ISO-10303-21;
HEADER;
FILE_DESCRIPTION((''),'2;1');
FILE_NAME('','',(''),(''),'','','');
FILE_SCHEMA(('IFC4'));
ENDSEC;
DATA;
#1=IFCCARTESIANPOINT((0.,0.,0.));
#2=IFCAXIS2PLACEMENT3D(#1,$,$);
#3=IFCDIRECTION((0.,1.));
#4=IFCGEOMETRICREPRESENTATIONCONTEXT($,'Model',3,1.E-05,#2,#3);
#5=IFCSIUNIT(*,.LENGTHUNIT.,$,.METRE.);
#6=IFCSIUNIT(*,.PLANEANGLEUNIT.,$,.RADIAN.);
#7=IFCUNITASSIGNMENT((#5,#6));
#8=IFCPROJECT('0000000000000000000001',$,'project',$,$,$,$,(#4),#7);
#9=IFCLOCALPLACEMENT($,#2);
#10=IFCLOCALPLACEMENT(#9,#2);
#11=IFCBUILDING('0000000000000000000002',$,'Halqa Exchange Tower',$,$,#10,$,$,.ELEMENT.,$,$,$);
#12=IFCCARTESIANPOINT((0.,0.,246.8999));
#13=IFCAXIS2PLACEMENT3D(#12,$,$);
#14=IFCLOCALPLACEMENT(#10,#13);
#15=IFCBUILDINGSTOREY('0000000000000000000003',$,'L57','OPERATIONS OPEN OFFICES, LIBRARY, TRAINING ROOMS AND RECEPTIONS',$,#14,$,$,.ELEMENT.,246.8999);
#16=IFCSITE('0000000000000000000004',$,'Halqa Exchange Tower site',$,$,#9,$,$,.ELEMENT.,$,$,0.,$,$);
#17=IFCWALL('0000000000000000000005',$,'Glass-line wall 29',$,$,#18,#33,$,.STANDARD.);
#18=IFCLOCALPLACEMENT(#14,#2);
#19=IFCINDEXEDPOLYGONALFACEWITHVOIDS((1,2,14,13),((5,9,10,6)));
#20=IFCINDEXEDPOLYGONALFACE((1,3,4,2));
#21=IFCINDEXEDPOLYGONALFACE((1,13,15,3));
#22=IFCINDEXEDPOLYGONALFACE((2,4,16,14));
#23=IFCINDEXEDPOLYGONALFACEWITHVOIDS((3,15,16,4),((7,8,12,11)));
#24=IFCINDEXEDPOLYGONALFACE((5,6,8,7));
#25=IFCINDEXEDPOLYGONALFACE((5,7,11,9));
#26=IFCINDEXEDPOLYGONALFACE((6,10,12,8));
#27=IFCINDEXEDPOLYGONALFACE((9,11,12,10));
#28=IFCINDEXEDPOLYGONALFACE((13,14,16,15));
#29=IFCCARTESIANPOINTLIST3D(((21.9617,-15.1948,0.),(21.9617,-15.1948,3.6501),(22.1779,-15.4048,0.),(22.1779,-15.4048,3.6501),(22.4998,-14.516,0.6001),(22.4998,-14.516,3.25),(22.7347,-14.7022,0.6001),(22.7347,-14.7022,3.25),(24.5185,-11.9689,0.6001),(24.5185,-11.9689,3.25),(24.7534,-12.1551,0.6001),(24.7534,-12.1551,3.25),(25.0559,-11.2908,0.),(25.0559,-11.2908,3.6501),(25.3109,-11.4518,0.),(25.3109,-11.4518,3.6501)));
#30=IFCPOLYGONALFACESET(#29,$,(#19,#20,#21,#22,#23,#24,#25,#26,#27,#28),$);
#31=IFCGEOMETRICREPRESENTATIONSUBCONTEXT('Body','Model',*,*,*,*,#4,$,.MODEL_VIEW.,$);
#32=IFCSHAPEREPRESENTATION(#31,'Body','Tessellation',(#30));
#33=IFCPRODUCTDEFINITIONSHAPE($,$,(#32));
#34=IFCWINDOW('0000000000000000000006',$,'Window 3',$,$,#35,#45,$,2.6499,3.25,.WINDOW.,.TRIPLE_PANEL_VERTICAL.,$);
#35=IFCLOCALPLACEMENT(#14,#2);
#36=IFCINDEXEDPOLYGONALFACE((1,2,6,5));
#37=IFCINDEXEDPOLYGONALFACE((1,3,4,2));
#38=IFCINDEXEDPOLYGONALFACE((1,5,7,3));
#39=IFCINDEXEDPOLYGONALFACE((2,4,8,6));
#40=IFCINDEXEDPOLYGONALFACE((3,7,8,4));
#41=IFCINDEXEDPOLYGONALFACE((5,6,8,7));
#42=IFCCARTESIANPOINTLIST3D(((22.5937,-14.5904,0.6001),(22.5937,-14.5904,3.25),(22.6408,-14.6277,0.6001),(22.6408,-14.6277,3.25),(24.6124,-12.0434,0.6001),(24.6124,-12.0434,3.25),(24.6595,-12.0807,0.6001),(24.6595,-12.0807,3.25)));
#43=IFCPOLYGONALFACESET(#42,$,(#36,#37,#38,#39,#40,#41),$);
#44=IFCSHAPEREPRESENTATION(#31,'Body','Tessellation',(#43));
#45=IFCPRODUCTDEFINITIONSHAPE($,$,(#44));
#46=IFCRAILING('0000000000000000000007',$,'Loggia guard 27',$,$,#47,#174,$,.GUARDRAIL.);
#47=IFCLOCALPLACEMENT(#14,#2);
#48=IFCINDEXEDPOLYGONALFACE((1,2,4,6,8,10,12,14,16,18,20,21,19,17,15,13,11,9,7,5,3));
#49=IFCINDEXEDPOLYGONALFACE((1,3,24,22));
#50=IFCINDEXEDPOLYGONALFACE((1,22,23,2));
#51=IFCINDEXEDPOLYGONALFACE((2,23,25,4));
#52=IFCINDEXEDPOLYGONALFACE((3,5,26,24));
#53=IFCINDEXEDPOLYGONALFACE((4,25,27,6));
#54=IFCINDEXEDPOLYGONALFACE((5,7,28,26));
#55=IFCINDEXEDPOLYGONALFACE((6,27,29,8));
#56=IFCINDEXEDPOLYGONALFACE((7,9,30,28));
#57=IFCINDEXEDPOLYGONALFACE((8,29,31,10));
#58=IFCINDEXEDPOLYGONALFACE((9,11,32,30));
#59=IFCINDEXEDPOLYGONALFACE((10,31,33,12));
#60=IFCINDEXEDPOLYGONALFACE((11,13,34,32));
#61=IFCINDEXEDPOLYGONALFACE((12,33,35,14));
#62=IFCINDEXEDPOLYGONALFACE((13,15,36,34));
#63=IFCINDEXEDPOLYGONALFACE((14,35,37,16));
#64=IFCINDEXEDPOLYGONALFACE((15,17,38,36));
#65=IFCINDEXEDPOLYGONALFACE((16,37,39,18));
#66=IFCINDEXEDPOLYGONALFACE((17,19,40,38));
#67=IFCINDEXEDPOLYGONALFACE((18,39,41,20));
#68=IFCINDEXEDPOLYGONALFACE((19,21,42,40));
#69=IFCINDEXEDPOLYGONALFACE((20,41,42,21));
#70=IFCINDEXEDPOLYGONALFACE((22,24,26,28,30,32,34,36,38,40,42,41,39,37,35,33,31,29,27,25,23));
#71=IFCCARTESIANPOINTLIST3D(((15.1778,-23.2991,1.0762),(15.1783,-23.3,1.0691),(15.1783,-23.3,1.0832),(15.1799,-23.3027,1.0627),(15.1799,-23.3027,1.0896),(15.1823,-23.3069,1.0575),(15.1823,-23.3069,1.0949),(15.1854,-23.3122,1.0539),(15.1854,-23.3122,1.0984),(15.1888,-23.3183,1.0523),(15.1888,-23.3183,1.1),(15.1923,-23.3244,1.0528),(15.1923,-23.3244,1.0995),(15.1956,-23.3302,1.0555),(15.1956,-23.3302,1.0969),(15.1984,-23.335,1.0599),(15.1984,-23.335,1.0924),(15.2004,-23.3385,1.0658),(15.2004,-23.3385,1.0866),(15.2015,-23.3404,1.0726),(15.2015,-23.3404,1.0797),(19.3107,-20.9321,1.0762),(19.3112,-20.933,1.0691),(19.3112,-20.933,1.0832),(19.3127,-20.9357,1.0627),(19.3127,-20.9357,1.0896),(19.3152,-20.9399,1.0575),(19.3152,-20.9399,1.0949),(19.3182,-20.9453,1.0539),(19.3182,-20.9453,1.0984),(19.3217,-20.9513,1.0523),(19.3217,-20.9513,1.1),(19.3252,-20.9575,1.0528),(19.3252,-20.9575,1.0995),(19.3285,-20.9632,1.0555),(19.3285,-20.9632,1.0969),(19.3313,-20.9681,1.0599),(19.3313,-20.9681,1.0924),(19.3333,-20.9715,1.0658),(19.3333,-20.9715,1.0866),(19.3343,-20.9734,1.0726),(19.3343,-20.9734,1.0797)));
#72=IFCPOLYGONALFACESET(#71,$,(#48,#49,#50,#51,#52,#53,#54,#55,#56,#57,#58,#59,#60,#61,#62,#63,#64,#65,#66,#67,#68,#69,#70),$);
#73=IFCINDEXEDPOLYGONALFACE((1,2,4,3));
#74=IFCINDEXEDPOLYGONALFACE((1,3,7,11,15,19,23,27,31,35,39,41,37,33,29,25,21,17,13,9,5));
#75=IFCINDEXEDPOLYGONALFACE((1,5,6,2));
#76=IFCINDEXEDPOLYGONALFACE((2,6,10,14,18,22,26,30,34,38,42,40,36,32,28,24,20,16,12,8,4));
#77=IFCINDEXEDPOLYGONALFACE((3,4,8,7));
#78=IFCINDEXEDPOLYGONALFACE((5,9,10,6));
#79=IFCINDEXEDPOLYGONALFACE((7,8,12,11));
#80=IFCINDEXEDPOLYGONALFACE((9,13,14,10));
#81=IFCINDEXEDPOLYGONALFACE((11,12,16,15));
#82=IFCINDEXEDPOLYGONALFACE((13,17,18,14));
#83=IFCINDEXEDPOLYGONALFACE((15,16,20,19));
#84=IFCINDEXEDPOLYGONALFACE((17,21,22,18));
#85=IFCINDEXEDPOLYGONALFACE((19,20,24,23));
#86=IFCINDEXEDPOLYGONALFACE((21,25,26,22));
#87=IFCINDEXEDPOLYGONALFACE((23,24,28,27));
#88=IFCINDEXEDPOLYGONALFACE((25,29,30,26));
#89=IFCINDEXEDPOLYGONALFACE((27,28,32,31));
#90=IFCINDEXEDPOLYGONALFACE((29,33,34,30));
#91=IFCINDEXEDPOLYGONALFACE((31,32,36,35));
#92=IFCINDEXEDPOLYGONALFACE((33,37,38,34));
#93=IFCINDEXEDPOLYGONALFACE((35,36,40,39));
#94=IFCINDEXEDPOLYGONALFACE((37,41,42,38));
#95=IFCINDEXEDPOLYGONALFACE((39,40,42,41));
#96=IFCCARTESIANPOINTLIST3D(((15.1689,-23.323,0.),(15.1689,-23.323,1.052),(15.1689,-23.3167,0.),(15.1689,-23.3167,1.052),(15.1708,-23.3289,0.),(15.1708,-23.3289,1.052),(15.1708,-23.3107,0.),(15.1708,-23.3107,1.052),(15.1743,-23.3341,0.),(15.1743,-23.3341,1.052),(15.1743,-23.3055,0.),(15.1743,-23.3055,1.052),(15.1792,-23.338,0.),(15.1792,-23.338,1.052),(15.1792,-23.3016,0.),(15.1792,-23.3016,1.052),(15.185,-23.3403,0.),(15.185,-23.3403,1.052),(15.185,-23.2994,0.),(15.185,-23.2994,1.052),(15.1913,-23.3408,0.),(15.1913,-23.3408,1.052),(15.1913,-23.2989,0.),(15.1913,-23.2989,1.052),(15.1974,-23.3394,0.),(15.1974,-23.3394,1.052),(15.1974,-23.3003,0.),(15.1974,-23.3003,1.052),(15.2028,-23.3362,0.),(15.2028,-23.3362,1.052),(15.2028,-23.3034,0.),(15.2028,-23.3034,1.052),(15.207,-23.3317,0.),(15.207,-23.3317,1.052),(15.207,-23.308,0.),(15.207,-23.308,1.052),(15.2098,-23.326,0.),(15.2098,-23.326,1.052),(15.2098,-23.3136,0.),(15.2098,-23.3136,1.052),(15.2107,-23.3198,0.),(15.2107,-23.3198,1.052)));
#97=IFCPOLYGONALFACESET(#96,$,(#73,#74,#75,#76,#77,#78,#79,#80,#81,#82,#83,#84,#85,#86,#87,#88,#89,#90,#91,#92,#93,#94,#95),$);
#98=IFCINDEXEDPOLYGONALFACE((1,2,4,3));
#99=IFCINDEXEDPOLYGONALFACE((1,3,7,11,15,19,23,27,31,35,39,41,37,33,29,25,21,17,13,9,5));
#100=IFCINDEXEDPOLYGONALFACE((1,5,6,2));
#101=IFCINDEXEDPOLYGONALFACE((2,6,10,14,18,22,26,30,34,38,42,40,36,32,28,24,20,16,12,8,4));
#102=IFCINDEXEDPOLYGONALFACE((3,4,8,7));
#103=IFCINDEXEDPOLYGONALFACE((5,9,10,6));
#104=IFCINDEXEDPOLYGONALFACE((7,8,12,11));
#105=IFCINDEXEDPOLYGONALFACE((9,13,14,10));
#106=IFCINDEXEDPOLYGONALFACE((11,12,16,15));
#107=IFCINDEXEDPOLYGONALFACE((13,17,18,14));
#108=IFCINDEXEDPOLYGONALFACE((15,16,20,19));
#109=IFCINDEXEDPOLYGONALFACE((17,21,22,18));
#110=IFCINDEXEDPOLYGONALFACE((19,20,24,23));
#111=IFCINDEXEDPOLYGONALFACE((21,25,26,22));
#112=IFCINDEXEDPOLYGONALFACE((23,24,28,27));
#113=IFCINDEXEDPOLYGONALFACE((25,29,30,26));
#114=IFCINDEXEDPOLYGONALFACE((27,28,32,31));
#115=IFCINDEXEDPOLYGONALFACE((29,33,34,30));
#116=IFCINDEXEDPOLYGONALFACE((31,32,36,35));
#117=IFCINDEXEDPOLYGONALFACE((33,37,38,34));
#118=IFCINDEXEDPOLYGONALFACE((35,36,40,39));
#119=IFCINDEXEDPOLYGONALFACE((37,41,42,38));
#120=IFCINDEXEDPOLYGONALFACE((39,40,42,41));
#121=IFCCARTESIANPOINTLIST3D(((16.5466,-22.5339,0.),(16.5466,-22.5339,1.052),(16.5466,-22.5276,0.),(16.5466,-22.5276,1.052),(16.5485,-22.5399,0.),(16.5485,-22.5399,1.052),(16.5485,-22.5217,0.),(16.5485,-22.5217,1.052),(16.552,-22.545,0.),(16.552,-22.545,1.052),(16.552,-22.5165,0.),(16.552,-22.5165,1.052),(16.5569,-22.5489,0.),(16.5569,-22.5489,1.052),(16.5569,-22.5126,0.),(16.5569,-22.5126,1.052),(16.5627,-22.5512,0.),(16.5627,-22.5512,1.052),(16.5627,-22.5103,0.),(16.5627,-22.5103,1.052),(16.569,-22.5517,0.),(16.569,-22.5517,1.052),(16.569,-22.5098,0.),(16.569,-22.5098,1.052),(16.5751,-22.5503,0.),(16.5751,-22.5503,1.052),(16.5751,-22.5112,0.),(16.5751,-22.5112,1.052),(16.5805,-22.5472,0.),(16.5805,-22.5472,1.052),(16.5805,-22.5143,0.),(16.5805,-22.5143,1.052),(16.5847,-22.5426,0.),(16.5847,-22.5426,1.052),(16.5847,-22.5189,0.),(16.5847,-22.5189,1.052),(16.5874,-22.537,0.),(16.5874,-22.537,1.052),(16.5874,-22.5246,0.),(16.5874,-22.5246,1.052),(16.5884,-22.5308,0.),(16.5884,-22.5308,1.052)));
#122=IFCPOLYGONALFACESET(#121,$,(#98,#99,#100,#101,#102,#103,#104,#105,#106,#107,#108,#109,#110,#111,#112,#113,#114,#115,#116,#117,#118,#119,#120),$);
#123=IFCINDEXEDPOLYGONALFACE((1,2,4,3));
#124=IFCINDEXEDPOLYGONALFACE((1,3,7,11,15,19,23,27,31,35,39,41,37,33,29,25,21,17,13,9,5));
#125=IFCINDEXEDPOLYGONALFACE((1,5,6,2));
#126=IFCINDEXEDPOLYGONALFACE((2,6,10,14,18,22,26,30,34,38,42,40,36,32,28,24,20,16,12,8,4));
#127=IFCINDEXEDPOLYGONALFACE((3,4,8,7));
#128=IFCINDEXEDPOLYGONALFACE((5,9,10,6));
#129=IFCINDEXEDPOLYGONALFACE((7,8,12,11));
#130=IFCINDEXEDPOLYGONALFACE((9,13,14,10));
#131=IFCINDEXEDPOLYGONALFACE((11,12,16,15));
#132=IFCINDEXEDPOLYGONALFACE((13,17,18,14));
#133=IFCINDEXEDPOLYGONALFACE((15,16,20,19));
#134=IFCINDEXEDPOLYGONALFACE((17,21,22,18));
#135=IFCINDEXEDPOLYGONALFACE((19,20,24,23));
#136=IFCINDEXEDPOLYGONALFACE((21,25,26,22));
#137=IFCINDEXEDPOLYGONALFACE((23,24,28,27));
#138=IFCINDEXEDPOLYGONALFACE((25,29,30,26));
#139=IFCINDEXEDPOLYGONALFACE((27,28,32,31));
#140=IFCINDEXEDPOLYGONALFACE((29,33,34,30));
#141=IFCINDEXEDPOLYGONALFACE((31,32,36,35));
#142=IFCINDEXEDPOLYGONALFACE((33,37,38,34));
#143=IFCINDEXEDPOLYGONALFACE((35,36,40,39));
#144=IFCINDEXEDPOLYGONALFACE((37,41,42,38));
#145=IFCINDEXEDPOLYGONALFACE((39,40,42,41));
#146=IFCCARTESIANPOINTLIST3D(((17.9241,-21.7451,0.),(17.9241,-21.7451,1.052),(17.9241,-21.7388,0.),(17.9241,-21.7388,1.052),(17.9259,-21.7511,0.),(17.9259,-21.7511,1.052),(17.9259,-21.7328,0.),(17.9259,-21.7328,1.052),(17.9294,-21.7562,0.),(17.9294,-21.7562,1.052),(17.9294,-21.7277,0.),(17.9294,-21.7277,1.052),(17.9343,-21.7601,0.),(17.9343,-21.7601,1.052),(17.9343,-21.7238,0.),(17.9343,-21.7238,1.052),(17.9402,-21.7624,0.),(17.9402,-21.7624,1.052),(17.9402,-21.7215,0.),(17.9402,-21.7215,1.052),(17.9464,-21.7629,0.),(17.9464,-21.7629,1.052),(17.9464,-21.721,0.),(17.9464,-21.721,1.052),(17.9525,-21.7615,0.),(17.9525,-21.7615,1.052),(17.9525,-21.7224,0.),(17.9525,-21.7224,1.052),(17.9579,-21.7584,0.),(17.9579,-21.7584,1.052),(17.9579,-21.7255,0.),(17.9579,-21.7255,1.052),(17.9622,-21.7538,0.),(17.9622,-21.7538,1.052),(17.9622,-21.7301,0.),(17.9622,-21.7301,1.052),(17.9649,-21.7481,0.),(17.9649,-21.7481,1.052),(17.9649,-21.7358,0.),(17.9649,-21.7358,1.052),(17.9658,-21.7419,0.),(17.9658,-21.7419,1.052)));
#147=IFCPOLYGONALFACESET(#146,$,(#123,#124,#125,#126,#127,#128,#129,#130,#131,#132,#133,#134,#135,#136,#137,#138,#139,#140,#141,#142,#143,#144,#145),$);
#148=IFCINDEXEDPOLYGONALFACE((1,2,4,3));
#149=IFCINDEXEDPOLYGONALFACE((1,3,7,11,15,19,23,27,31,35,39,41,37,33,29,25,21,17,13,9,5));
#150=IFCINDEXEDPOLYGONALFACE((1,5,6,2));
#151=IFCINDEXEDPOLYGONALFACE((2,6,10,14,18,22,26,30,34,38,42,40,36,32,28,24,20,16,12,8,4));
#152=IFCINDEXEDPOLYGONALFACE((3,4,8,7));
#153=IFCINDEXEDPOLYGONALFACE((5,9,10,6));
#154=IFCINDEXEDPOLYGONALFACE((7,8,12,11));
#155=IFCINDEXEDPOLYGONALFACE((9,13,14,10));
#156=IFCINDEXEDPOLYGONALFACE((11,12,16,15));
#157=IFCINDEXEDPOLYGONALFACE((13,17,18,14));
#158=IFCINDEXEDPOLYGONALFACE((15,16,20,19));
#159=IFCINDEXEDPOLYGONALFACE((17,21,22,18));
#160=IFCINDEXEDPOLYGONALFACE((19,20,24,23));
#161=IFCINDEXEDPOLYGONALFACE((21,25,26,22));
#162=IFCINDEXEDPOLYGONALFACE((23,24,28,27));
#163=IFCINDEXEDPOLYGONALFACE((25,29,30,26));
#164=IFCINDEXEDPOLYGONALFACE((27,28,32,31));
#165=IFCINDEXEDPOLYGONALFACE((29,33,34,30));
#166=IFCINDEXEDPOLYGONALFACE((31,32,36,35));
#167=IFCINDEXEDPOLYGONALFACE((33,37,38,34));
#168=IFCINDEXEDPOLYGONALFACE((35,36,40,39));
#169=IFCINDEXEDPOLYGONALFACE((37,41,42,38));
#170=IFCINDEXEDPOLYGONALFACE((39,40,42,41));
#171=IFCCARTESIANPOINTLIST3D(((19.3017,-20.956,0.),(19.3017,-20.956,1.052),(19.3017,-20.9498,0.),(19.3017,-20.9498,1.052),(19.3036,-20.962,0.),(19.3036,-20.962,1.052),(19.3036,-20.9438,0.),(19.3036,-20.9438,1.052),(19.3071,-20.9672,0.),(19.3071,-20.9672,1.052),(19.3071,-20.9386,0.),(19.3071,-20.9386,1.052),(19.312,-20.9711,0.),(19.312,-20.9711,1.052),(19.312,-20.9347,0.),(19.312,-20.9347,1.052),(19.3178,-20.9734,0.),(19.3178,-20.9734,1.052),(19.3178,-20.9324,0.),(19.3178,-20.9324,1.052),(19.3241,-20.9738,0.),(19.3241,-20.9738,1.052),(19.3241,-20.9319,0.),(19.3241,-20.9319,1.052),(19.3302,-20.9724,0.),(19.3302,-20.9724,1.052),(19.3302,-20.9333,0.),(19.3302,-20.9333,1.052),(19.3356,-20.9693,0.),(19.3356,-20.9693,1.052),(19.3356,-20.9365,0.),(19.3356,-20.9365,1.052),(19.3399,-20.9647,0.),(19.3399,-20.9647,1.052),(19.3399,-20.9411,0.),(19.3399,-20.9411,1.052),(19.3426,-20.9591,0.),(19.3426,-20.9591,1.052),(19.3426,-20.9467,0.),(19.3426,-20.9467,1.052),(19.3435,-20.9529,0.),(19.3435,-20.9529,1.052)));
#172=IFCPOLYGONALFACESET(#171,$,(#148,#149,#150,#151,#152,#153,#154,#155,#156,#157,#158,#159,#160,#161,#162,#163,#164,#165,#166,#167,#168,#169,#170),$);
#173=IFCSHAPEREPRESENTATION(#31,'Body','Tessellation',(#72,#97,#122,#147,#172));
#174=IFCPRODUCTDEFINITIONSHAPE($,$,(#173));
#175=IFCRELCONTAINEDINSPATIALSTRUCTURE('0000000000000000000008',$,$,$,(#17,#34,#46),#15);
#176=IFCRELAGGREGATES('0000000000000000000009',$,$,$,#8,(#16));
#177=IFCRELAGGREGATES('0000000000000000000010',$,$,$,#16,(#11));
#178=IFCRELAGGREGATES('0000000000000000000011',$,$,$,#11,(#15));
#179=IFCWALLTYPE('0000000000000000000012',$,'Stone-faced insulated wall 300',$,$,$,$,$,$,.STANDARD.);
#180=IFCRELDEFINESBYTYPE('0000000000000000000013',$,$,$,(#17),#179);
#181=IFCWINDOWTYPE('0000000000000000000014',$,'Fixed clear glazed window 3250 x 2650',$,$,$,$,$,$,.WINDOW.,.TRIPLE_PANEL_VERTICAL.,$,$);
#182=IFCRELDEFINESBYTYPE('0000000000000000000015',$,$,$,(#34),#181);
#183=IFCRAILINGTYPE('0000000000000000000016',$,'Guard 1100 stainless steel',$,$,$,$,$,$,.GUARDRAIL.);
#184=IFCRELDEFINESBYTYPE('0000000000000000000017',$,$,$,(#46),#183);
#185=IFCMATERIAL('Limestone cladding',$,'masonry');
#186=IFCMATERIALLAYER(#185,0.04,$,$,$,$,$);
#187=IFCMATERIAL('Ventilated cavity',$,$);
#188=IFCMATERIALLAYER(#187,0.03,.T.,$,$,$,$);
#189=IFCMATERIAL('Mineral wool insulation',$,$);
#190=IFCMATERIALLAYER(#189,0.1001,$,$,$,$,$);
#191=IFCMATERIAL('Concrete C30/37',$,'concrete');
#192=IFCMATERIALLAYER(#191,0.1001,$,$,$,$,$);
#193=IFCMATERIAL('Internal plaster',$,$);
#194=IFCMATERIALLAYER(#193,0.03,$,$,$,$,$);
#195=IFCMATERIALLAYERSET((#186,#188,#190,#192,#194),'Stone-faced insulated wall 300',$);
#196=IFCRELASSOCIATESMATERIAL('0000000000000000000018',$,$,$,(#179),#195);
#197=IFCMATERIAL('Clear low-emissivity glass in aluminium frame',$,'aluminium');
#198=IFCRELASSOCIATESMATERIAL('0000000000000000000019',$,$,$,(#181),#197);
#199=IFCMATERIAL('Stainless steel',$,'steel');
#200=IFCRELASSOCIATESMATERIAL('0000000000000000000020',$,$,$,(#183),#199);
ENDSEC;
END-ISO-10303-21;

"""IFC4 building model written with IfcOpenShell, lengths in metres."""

from ifc_helpers import new_model, si_unit, direction, frame, frame_2d, origin, origin_2d, place, context, subcontext, project, spatial, polyline, rectangle, circle, outline, extrude, material, layer, layer_set, type_object, element, fill, save


model = new_model("IFC4")

# Units and contexts
model_context = context("Model", 3, precision=1e-05, world=origin(), true_north=direction((0.0, 1.0)))
body_context = subcontext(model_context, "Body", "Model", "MODEL_VIEW")
ifc_project = project(units=[si_unit("LENGTHUNIT", "METRE"), si_unit("PLANEANGLEUNIT", "RADIAN")], contexts=[model_context])

# Site, building, storey
site_placement = place(None, origin())
site = spatial("IfcSite", under=ifc_project, at=site_placement, Name="Halqa Exchange Tower site", CompositionType="ELEMENT", RefElevation=0.0)
building_placement = place(site_placement, origin())
building = spatial("IfcBuilding", under=site, at=building_placement, Name="Halqa Exchange Tower", CompositionType="ELEMENT")
storey_placement = place(building_placement, frame((0.0, 0.0, 246.8999)))
storey = spatial("IfcBuildingStorey", under=building, at=storey_placement, Name="L57", Description="OPERATIONS OPEN OFFICES, LIBRARY, TRAINING ROOMS AND RECEPTIONS", CompositionType="ELEMENT", Elevation=246.8999)

# Shared definitions
ifc_material_1 = material(Name="Limestone cladding", Category="masonry")
ifc_layer_1 = layer(ifc_material_1, 0.04)
ifc_material_2 = material(Name="Ventilated cavity")
ifc_layer_2 = layer(ifc_material_2, 0.03, ventilated=True)
ifc_material_3 = material(Name="Mineral wool insulation")
ifc_layer_3 = layer(ifc_material_3, 0.1001)
ifc_material_4 = material(Name="Concrete C30/37", Category="concrete")
ifc_layer_4 = layer(ifc_material_4, 0.1001)
ifc_material_5 = material(Name="Internal plaster")
ifc_layer_5 = layer(ifc_material_5, 0.03)
ifc_layer_set_1 = layer_set([ifc_layer_1, ifc_layer_2, ifc_layer_3, ifc_layer_4, ifc_layer_5], Name="Stone-faced insulated wall 300")
wall_type_1 = type_object("IfcWallType", Name="Stone-faced insulated wall 300", PredefinedType="STANDARD", material=ifc_layer_set_1)
ifc_material_6 = material(Name="Clear low-emissivity glass in aluminium frame", Category="aluminium")
window_type = type_object("IfcWindowType", Name="Fixed clear glazed window 3250 x 2650", PartitioningType="TRIPLE_PANEL_VERTICAL", PredefinedType="WINDOW", material=ifc_material_6)

# Wall, opening, window
wall_1_placement = place(storey_placement, frame((22.0698, -15.2998, 0.0), z_axis=(0.0, 0.0, 1.0), x_axis=(0.621131, 0.783707, 0.0)))
wall_1 = element("IfcWall", 1, at=wall_1_placement, inside=storey, type_object=wall_type_1, Name="Glass-line wall 29", PredefinedType="STANDARD", context=body_context, shape_type="SweptSolid", body=[
    extrude(outline(polyline([(-0.0151, -0.1499), (5.0288, -0.1499), (4.9966, 0.1499), (0.0151, 0.1499), (-0.0151, -0.1499)])), origin(), (0.0, 0.0, 1.0), 3.6501),
])
opening_1_placement = place(wall_1_placement, frame((0.8813, 0.0, 0.6001)))
opening_1 = element("IfcOpeningElement", 2, at=opening_1_placement, cuts=wall_1, PredefinedType="OPENING", context=body_context, shape_type="SweptSolid", body=[
    extrude(rectangle(XDim=3.25, YDim=2.6499, at=frame_2d((1.625, 1.325))), frame((0.0, 0.1621, 0.0), z_axis=(0.0, -1.0, 0.0), x_axis=(1.0, 0.0, 0.0)), (0.0, 0.0, 1.0), 0.324),
])
window_1_placement = place(opening_1_placement, origin())
window_1 = element("IfcWindow", 3, at=window_1_placement, inside=storey, type_object=window_type, Name="Window 3", OverallHeight=2.6499, OverallWidth=3.25, PartitioningType="TRIPLE_PANEL_VERTICAL", PredefinedType="WINDOW", context=body_context, shape_type="SweptSolid", body=[
    extrude(rectangle(XDim=3.25, YDim=2.6499, at=frame_2d((1.625, 1.325))), frame((0.0, 0.03, 0.0), z_axis=(0.0, -1.0, 0.0), x_axis=(1.0, 0.0, 0.0)), (0.0, 0.0, 1.0), 0.0601),
])
fill(opening_1, window_1)

# Railing
ifc_material_7 = material(Name="Stainless steel", Category="steel")
railing_type = type_object("IfcRailingType", Name="Guard 1100 stainless steel", PredefinedType="GUARDRAIL", material=ifc_material_7)
railing_1_placement = place(storey_placement, frame((15.1897, -23.3198, 0.0)))
element("IfcRailing", 4, at=railing_1_placement, inside=storey, type_object=railing_type, Name="Loggia guard 27", PredefinedType="GUARDRAIL", context=body_context, shape_type="SweptSolid", body=[
    extrude(circle(Radius=0.0239, at=origin_2d()), frame((0.0, 0.0, 1.0762), z_axis=(0.86776, 0.496983, 0.0), x_axis=(-0.496983, 0.86776, 0.0)), (0.0, 0.0, 1.0), 4.7627),
    extrude(circle(Radius=0.021, at=origin_2d()), origin(), (0.0, 0.0, 1.0), 1.052),
    extrude(circle(Radius=0.021, at=origin_2d()), frame((1.3777, 0.7891, 0.0)), (0.0, 0.0, 1.0), 1.052),
    extrude(circle(Radius=0.021, at=origin_2d()), frame((2.7551, 1.5779, 0.0)), (0.0, 0.0, 1.0), 1.052),
    extrude(circle(Radius=0.021, at=origin_2d()), frame((4.1328, 2.3669, 0.0)), (0.0, 0.0, 1.0), 1.052),
])

save(model, "model.ifc")
